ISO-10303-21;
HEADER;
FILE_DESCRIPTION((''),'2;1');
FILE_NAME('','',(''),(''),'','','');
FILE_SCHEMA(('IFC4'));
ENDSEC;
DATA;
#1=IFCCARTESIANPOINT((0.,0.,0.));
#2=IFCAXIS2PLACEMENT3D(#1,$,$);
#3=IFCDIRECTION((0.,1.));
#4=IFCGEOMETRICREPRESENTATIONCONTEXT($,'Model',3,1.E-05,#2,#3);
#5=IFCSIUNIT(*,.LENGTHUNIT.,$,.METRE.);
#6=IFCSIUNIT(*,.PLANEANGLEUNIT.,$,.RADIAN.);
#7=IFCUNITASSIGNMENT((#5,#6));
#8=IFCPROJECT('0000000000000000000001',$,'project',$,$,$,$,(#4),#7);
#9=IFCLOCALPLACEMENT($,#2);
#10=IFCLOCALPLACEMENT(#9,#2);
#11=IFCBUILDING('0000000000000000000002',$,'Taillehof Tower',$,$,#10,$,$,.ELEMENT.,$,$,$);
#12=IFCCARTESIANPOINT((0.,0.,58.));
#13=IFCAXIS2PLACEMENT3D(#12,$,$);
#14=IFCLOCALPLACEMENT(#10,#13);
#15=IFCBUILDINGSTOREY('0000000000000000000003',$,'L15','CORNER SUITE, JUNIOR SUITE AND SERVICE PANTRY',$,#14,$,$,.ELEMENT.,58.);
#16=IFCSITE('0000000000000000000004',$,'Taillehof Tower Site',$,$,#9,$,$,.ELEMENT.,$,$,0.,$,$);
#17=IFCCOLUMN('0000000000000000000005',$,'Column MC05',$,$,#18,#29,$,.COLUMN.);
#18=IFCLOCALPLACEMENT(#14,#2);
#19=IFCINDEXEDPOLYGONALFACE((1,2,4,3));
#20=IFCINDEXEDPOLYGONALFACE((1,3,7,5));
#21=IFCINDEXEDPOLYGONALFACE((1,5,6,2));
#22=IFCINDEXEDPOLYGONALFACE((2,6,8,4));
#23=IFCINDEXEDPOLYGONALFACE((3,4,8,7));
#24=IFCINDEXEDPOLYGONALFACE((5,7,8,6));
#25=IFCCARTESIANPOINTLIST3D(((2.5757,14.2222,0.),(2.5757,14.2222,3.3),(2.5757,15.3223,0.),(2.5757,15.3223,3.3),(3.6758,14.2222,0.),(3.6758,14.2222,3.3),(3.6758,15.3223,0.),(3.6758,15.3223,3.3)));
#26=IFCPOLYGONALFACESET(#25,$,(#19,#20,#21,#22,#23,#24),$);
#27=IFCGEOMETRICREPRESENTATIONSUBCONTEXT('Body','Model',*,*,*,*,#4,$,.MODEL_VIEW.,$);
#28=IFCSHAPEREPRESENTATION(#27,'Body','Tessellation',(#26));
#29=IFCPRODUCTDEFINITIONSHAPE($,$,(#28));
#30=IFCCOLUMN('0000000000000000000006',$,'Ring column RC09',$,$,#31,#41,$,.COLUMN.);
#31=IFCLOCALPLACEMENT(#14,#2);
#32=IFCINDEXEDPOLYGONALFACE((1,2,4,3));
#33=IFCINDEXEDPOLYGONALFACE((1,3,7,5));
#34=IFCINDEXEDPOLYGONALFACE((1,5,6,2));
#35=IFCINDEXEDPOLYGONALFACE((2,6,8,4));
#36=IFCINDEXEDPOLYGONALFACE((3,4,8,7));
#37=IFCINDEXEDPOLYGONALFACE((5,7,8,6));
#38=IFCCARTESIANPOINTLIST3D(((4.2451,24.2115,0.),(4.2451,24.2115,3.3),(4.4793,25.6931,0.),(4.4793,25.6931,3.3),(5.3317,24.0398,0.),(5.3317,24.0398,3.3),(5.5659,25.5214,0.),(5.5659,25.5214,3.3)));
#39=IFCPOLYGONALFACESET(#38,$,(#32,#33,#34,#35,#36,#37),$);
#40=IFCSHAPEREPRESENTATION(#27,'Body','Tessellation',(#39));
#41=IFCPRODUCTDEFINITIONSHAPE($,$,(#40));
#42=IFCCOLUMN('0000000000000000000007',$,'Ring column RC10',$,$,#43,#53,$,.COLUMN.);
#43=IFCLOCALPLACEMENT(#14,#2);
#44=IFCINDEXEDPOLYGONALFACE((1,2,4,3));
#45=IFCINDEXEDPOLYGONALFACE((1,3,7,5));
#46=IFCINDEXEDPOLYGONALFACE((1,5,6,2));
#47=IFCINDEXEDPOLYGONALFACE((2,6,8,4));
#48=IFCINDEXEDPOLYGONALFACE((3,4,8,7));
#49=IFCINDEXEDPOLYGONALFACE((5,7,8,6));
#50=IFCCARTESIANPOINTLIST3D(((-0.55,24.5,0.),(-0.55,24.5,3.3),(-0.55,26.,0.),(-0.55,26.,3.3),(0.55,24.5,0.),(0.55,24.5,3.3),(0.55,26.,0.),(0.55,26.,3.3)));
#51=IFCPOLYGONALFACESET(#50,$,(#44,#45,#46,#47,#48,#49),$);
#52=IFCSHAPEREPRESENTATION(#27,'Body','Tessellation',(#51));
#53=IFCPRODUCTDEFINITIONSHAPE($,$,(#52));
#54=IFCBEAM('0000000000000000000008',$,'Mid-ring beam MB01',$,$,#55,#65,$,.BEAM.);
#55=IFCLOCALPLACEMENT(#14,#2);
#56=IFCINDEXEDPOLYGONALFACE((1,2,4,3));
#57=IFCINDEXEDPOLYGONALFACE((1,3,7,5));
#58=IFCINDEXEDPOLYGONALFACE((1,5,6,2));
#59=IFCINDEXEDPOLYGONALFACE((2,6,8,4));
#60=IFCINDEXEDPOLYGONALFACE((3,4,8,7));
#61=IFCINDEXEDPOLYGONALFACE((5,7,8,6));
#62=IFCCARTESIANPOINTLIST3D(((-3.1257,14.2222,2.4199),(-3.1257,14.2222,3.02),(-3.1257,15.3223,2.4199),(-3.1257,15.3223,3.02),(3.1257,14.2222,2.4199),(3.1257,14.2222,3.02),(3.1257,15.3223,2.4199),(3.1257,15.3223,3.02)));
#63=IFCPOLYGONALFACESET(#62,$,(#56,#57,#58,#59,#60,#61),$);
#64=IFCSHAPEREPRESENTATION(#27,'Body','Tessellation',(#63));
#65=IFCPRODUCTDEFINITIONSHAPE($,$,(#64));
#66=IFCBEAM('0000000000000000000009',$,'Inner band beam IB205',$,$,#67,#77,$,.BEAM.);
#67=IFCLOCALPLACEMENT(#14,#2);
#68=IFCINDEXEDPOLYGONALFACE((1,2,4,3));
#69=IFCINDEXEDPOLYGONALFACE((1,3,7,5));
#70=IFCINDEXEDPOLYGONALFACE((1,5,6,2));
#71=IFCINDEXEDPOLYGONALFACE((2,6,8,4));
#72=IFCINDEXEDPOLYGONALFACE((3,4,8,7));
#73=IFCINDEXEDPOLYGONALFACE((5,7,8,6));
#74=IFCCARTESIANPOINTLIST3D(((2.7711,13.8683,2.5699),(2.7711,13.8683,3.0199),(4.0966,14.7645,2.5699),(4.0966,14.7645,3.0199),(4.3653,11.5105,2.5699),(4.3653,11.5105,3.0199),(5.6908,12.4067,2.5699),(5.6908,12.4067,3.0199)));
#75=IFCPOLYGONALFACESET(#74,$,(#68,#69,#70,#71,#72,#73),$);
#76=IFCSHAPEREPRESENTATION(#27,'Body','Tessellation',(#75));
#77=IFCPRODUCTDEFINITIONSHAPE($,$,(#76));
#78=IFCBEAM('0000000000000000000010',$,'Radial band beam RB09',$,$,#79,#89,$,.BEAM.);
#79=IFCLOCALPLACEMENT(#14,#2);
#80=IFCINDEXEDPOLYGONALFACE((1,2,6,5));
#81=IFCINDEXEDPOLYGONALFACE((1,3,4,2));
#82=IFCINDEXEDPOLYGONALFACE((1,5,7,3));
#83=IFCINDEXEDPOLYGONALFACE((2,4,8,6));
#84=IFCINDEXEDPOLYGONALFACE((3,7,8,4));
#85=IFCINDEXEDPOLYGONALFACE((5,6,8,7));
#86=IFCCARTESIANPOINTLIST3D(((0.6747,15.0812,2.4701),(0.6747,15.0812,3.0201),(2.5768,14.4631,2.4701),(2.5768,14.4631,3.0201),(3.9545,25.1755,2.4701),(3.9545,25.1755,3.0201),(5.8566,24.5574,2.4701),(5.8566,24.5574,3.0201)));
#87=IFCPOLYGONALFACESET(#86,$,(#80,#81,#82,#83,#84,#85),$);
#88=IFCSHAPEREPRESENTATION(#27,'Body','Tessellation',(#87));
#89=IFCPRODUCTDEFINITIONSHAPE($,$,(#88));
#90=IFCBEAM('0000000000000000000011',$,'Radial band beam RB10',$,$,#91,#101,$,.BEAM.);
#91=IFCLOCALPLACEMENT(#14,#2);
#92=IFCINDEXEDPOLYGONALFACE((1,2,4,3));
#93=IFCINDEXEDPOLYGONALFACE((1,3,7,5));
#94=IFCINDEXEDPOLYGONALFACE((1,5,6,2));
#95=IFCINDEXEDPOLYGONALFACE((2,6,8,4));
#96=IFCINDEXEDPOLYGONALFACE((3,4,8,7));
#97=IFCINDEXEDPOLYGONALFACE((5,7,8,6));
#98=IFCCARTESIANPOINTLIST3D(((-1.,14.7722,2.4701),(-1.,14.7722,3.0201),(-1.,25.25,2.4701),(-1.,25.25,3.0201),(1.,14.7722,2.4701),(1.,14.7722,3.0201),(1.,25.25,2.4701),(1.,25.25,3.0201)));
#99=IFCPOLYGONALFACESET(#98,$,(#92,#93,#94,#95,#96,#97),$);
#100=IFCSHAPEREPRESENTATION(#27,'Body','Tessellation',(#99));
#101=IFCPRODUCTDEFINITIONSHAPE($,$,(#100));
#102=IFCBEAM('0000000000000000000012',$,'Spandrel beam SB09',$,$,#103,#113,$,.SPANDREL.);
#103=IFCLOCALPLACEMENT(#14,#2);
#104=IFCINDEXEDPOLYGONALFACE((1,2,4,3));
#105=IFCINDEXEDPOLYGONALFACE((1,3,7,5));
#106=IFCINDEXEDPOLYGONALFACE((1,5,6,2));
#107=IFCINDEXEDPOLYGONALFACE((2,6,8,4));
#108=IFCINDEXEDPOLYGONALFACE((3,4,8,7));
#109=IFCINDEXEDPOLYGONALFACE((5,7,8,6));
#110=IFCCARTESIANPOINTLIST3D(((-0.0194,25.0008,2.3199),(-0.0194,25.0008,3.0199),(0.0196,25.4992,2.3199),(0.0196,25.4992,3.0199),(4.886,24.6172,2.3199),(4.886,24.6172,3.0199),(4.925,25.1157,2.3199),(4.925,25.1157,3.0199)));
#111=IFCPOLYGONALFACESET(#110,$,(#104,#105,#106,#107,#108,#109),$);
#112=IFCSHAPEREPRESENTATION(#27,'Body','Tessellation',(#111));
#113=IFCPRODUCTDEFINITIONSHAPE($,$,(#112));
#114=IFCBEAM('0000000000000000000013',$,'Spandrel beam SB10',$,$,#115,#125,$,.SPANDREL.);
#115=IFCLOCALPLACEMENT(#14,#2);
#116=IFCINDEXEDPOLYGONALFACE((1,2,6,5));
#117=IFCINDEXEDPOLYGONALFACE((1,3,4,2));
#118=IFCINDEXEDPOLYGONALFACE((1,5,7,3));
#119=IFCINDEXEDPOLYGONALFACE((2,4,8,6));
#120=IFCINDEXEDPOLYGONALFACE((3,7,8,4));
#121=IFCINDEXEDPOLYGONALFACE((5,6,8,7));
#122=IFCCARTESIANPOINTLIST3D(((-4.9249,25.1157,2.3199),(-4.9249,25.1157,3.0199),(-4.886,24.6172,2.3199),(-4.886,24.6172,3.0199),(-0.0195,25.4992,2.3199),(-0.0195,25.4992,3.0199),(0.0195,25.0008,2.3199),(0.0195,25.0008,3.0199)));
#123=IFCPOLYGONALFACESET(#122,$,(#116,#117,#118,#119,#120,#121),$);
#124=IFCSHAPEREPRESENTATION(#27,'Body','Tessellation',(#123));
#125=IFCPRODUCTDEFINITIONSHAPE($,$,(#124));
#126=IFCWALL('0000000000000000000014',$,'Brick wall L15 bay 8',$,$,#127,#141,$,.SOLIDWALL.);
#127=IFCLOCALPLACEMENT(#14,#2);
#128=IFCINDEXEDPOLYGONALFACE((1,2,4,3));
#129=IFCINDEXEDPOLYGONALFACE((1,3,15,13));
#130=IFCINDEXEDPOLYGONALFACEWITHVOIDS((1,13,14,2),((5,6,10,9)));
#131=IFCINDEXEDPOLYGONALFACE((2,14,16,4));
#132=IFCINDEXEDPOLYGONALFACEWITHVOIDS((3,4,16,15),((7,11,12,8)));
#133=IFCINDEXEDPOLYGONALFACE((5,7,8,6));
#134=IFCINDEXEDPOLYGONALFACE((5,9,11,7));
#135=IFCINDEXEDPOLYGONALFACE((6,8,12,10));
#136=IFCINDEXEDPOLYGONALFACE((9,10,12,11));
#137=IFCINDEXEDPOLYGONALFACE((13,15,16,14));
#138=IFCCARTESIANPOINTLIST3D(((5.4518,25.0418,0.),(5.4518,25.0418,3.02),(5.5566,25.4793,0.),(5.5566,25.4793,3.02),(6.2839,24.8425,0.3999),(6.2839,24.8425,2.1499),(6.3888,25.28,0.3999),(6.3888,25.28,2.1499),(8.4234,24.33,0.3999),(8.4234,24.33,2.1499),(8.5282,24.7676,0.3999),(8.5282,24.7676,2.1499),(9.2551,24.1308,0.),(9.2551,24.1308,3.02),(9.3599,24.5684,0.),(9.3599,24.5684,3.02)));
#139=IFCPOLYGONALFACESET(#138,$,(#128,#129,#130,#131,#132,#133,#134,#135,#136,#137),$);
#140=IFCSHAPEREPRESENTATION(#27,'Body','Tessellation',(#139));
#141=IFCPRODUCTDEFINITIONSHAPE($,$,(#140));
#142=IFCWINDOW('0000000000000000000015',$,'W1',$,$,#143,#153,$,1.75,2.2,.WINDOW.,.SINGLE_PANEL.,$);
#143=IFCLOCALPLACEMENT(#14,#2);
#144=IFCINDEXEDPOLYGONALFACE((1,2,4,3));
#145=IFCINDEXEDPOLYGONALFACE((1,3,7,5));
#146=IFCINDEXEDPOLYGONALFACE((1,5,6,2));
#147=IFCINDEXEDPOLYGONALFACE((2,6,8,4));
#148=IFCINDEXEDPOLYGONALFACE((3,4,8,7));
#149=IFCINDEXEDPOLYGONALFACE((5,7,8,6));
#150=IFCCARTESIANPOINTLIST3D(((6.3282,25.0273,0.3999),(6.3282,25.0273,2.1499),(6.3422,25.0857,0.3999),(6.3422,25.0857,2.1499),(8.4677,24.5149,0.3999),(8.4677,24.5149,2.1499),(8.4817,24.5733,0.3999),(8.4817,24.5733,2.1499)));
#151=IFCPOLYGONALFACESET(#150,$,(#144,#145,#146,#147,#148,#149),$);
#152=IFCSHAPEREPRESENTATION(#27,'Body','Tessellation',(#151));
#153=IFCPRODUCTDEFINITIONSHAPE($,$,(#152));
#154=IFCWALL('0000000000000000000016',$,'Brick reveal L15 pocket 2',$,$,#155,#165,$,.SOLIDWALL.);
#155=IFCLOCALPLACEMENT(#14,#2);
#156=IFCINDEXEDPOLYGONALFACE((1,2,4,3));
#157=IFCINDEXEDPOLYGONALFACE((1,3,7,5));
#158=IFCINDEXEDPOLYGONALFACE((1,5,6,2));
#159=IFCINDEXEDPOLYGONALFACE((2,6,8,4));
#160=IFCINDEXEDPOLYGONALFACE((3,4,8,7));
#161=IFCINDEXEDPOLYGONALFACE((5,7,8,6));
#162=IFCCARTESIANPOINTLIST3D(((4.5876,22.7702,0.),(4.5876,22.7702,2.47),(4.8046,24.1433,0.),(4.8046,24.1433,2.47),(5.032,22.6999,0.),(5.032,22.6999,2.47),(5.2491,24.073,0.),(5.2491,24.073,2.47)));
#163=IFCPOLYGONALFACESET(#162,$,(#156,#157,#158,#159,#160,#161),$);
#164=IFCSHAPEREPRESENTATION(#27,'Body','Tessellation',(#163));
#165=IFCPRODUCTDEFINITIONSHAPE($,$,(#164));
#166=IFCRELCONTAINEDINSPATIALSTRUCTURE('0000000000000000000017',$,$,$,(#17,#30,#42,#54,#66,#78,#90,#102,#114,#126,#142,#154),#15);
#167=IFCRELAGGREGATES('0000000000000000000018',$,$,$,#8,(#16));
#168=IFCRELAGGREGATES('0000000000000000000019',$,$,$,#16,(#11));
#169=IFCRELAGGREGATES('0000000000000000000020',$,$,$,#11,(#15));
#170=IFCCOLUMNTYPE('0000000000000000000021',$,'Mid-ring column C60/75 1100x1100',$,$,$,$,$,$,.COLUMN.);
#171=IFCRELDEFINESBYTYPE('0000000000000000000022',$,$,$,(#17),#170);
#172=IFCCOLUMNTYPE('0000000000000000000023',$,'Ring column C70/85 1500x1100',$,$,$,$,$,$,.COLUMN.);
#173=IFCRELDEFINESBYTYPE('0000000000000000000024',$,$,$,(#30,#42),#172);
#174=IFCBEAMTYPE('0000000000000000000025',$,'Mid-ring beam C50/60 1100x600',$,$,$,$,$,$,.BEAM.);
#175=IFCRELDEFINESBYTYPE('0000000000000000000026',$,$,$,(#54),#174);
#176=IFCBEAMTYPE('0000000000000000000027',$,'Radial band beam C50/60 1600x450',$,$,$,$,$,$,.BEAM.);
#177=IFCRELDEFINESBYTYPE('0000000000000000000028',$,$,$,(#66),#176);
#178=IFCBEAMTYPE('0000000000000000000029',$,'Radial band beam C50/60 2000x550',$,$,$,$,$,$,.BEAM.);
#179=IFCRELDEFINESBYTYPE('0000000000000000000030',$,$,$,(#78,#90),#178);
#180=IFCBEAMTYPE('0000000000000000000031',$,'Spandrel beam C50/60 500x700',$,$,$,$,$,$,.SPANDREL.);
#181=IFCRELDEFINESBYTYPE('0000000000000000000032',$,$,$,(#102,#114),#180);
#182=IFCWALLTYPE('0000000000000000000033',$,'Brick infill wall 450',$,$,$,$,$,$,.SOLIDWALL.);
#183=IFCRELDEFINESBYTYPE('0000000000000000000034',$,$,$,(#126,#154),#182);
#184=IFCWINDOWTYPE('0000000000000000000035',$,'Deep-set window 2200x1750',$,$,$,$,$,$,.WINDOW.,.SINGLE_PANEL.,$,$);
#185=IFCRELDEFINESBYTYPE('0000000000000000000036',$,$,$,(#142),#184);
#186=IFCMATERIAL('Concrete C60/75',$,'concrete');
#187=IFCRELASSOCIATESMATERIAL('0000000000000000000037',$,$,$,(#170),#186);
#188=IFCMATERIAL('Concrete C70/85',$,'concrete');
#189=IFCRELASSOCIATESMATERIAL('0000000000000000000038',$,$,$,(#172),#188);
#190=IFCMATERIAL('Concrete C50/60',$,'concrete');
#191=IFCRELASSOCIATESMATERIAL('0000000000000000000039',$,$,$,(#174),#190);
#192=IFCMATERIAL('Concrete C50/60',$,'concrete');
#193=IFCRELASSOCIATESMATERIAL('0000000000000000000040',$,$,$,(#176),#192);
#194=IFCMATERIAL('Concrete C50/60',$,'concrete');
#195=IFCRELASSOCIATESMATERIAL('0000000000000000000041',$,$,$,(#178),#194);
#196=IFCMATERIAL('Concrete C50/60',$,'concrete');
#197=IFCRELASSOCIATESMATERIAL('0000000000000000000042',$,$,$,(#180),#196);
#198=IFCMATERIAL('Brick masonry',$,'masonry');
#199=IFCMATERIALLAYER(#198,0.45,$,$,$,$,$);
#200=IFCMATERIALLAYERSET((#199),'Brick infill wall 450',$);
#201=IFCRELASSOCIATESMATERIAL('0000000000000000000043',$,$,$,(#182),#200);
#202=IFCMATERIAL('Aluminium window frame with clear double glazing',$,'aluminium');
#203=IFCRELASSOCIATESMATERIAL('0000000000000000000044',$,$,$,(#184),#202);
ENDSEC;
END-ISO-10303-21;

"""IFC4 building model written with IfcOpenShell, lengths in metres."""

from ifc_helpers import new_model, si_unit, direction, frame, frame_2d, origin, origin_2d, place, context, subcontext, project, spatial, rectangle, extrude, material, layer, layer_set, material_profile, profile_set, type_object, element, fill, save


model = new_model("IFC4")

# Units and contexts
model_context = context("Model", 3, precision=1e-05, world=origin(), true_north=direction((0.0, 1.0)))
body_context = subcontext(model_context, "Body", "Model", "MODEL_VIEW")
ifc_project = project(units=[si_unit("LENGTHUNIT", "METRE"), si_unit("PLANEANGLEUNIT", "RADIAN")], contexts=[model_context])

# Site, building, storey
site_placement = place(None, origin())
site = spatial("IfcSite", under=ifc_project, at=site_placement, Name="Taillehof Tower Site", CompositionType="ELEMENT", RefElevation=0.0)
building_placement = place(site_placement, origin())
building = spatial("IfcBuilding", under=site, at=building_placement, Name="Taillehof Tower", CompositionType="ELEMENT")
storey_placement = place(building_placement, frame((0.0, 0.0, 58.0)))
storey = spatial("IfcBuildingStorey", under=building, at=storey_placement, Name="L15", Description="CORNER SUITE, JUNIOR SUITE AND SERVICE PANTRY", CompositionType="ELEMENT", Elevation=58.0)

# Columns
ifc_material_1 = material(Name="Concrete C60/75", Category="concrete")
ifc_material_profile_1 = material_profile(ifc_material_1, rectangle(XDim=1.1001, YDim=1.1001, at=origin_2d()), Name="RC 1100x1100")
ifc_profile_set_1 = profile_set([ifc_material_profile_1], Name="Concrete C60/75")
column_type_1 = type_object("IfcColumnType", Name="Mid-ring column C60/75 1100x1100", PredefinedType="COLUMN", material=ifc_profile_set_1)
column_placement = place(storey_placement, frame((3.1257, 14.7722, 0.0), z_axis=(0.0, 0.0, 1.0), x_axis=(1.0, 0.0, 0.0)))
element("IfcColumn", 1, at=column_placement, inside=storey, type_object=column_type_1, Name="Column MC05", PredefinedType="COLUMN", context=body_context, shape_type="SweptSolid", body=[
    extrude(rectangle(XDim=1.1001, YDim=1.1001, at=origin_2d()), origin(), (0.0, 0.0, 1.0), 3.3),
])
ifc_material_2 = material(Name="Concrete C70/85", Category="concrete")
ifc_material_profile_2 = material_profile(ifc_material_2, rectangle(XDim=1.5, YDim=1.1001, at=origin_2d()), Name="RC 1500x1100")
ifc_profile_set_2 = profile_set([ifc_material_profile_2], Name="Concrete C70/85")
column_type_2 = type_object("IfcColumnType", Name="Ring column C70/85 1500x1100", PredefinedType="COLUMN", material=ifc_profile_set_2)
for number, where, z_axis, x_axis, name in (
    (2, (4.9055, 24.8665, 0.0), (0.0, 0.0, 1.0), (0.156147, 0.987734, 0.0), "Ring column RC09"),
    (3, (0.0, 25.25, 0.0), (0.0, 0.0, 1.0), (0.0, 1.0, 0.0), "Ring column RC10"),
):
    element("IfcColumn", number, at=place(storey_placement, frame(where, z_axis=z_axis, x_axis=x_axis)), inside=storey, type_object=column_type_2, Name=name, PredefinedType="COLUMN", context=body_context, shape_type="SweptSolid", body=[
        extrude(rectangle(XDim=1.5, YDim=1.1001, at=origin_2d()), origin(), (0.0, 0.0, 1.0), 3.3),
    ])

# Beams
ifc_material_3 = material(Name="Concrete C50/60", Category="concrete")
ifc_material_profile_3 = material_profile(ifc_material_3, rectangle(XDim=1.1001, YDim=0.6001, at=origin_2d()), Name="RC 1100x600")
ifc_profile_set_3 = profile_set([ifc_material_profile_3], Name="Concrete C50/60")
beam_type_1 = type_object("IfcBeamType", Name="Mid-ring beam C50/60 1100x600", PredefinedType="BEAM", material=ifc_profile_set_3)
beam_1_placement = place(storey_placement, frame((3.1257, 14.7722, 2.72), z_axis=(-1.0, 0.0, 0.0), x_axis=(0.0, -1.0, 0.0)))
element("IfcBeam", 4, at=beam_1_placement, inside=storey, type_object=beam_type_1, Name="Mid-ring beam MB01", PredefinedType="BEAM", context=body_context, shape_type="SweptSolid", body=[
    extrude(rectangle(XDim=1.1001, YDim=0.6001, at=origin_2d()), origin(), (0.0, 0.0, 1.0), 6.2515),
])
ifc_material_4 = material(Name="Concrete C50/60", Category="concrete")
ifc_material_profile_4 = material_profile(ifc_material_4, rectangle(XDim=1.6001, YDim=0.45, at=origin_2d()), Name="RC 1600x450")
ifc_profile_set_4 = profile_set([ifc_material_profile_4], Name="Concrete C50/60")
beam_type_2 = type_object("IfcBeamType", Name="Radial band beam C50/60 1600x450", PredefinedType="BEAM", material=ifc_profile_set_4)
beam_2_placement = place(storey_placement, frame((3.4338, 14.3164, 2.7949), z_axis=(0.560112, -0.828417, 0.0), x_axis=(0.828417, 0.560112, 0.0)))
element("IfcBeam", 5, at=beam_2_placement, inside=storey, type_object=beam_type_2, Name="Inner band beam IB205", PredefinedType="BEAM", context=body_context, shape_type="SweptSolid", body=[
    extrude(rectangle(XDim=1.6001, YDim=0.45, at=origin_2d()), origin(), (0.0, 0.0, 1.0), 2.8462),
])
ifc_material_5 = material(Name="Concrete C50/60", Category="concrete")
ifc_material_profile_5 = material_profile(ifc_material_5, rectangle(XDim=2.0, YDim=0.55, at=origin_2d()), Name="RC 2000x550")
ifc_profile_set_5 = profile_set([ifc_material_profile_5], Name="Concrete C50/60")
beam_type_3 = type_object("IfcBeamType", Name="Radial band beam C50/60 2000x550", PredefinedType="BEAM", material=ifc_profile_set_5)
beam_3_placement = place(storey_placement, frame((4.9055, 24.8665, 2.7451), z_axis=(-0.309014, -0.951057, 0.0), x_axis=(0.951057, -0.309014, 0.0)))
element("IfcBeam", 6, at=beam_3_placement, inside=storey, type_object=beam_type_3, Name="Radial band beam RB09", PredefinedType="BEAM", context=body_context, shape_type="SweptSolid", body=[
    extrude(rectangle(XDim=2.0, YDim=0.55, at=origin_2d()), origin(), (0.0, 0.0, 1.0), 10.6138),
])
beam_4_placement = place(storey_placement, frame((0.0, 25.25, 2.7451), z_axis=(0.0, -1.0, 0.0), x_axis=(1.0, 0.0, 0.0)))
element("IfcBeam", 7, at=beam_4_placement, inside=storey, type_object=beam_type_3, Name="Radial band beam RB10", PredefinedType="BEAM", context=body_context, shape_type="SweptSolid", body=[
    extrude(rectangle(XDim=2.0, YDim=0.55, at=origin_2d()), origin(), (0.0, 0.0, 1.0), 10.4778),
])
ifc_material_6 = material(Name="Concrete C50/60", Category="concrete")
ifc_material_profile_6 = material_profile(ifc_material_6, rectangle(XDim=0.5, YDim=0.7, at=origin_2d()), Name="RC 500x700")
ifc_profile_set_6 = profile_set([ifc_material_profile_6], Name="Concrete C50/60")
beam_type_4 = type_object("IfcBeamType", Name="Spandrel beam C50/60 500x700", PredefinedType="SPANDREL", material=ifc_profile_set_6)
for number, where, z_axis, x_axis, name in (
    (8, (4.9055, 24.8665, 2.6699), (-0.996957, 0.077949, 0.0), (-0.077949, -0.996957, 0.0), "Spandrel beam SB09"),
    (9, (0.0, 25.25, 2.6699), (-0.996957, -0.077949, 0.0), (0.077949, -0.996957, 0.0), "Spandrel beam SB10"),
):
    element("IfcBeam", number, at=place(storey_placement, frame(where, z_axis=z_axis, x_axis=x_axis)), inside=storey, type_object=beam_type_4, Name=name, PredefinedType="SPANDREL", context=body_context, shape_type="SweptSolid", body=[
        extrude(rectangle(XDim=0.5, YDim=0.7, at=origin_2d()), origin(), (0.0, 0.0, 1.0), 4.9204),
    ])

# Wall, opening, window
ifc_material_7 = material(Name="Brick masonry", Category="masonry")
ifc_layer_1 = layer(ifc_material_7, 0.45)
ifc_layer_set_1 = layer_set([ifc_layer_1], Name="Brick infill wall 450")
wall_type_1 = type_object("IfcWallType", Name="Brick infill wall 450", PredefinedType="SOLIDWALL", material=ifc_layer_set_1)
wall_1_placement = place(storey_placement, frame((9.3076, 24.3496, 0.0), z_axis=(0.0, 0.0, 1.0), x_axis=(-0.972497, 0.232917, 0.0)))
wall_1 = element("IfcWall", 10, at=wall_1_placement, inside=storey, type_object=wall_type_1, Name="Brick wall L15 bay 8", PredefinedType="SOLIDWALL", context=body_context, shape_type="SweptSolid", body=[
    extrude(rectangle(XDim=3.9109, YDim=0.45, at=frame_2d((1.9556, 0.0))), origin(), (0.0, 0.0, 1.0), 3.02),
])
opening_1_placement = place(wall_1_placement, frame((0.8552, 0.0, 0.3999)))
opening_1 = element("IfcOpeningElement", 11, at=opening_1_placement, cuts=wall_1, PredefinedType="OPENING", context=body_context, shape_type="SweptSolid", body=[
    extrude(rectangle(XDim=2.2, YDim=1.75, at=frame_2d((1.1001, 0.875))), frame((0.0, 0.2349, 0.0), z_axis=(0.0, -1.0, 0.0), x_axis=(1.0, 0.0, 0.0)), (0.0, 0.0, 1.0), 0.47),
])
ifc_material_8 = material(Name="Aluminium window frame with clear double glazing", Category="aluminium")
window_type_1 = type_object("IfcWindowType", Name="Deep-set window 2200x1750", PartitioningType="SINGLE_PANEL", PredefinedType="WINDOW", material=ifc_material_8)
window_1_placement = place(opening_1_placement, origin())
window_1 = element("IfcWindow", 12, at=window_1_placement, inside=storey, type_object=window_type_1, Name="W1", OverallHeight=1.75, OverallWidth=2.2, PartitioningType="SINGLE_PANEL", PredefinedType="WINDOW", context=body_context, shape_type="SweptSolid", body=[
    extrude(rectangle(XDim=2.2, YDim=1.75, at=frame_2d((1.1001, 0.875))), frame((0.0, 0.0349, 0.0), z_axis=(0.0, -1.0, 0.0), x_axis=(1.0, 0.0, 0.0)), (0.0, 0.0, 1.0), 0.0601),
])
fill(opening_1, window_1)

# Wall
wall_2_placement = place(storey_placement, frame((5.0269, 24.1082, 0.0), z_axis=(0.0, 0.0, 1.0), x_axis=(-0.156134, -0.987736, 0.0)))
element("IfcWall", 13, at=wall_2_placement, inside=storey, type_object=wall_type_1, Name="Brick reveal L15 pocket 2", PredefinedType="SOLIDWALL", context=body_context, shape_type="SweptSolid", body=[
    extrude(rectangle(XDim=1.3901, YDim=0.45, at=frame_2d((0.6951, 0.0))), origin(), (0.0, 0.0, 1.0), 2.47),
])

save(model, "model.ifc")
